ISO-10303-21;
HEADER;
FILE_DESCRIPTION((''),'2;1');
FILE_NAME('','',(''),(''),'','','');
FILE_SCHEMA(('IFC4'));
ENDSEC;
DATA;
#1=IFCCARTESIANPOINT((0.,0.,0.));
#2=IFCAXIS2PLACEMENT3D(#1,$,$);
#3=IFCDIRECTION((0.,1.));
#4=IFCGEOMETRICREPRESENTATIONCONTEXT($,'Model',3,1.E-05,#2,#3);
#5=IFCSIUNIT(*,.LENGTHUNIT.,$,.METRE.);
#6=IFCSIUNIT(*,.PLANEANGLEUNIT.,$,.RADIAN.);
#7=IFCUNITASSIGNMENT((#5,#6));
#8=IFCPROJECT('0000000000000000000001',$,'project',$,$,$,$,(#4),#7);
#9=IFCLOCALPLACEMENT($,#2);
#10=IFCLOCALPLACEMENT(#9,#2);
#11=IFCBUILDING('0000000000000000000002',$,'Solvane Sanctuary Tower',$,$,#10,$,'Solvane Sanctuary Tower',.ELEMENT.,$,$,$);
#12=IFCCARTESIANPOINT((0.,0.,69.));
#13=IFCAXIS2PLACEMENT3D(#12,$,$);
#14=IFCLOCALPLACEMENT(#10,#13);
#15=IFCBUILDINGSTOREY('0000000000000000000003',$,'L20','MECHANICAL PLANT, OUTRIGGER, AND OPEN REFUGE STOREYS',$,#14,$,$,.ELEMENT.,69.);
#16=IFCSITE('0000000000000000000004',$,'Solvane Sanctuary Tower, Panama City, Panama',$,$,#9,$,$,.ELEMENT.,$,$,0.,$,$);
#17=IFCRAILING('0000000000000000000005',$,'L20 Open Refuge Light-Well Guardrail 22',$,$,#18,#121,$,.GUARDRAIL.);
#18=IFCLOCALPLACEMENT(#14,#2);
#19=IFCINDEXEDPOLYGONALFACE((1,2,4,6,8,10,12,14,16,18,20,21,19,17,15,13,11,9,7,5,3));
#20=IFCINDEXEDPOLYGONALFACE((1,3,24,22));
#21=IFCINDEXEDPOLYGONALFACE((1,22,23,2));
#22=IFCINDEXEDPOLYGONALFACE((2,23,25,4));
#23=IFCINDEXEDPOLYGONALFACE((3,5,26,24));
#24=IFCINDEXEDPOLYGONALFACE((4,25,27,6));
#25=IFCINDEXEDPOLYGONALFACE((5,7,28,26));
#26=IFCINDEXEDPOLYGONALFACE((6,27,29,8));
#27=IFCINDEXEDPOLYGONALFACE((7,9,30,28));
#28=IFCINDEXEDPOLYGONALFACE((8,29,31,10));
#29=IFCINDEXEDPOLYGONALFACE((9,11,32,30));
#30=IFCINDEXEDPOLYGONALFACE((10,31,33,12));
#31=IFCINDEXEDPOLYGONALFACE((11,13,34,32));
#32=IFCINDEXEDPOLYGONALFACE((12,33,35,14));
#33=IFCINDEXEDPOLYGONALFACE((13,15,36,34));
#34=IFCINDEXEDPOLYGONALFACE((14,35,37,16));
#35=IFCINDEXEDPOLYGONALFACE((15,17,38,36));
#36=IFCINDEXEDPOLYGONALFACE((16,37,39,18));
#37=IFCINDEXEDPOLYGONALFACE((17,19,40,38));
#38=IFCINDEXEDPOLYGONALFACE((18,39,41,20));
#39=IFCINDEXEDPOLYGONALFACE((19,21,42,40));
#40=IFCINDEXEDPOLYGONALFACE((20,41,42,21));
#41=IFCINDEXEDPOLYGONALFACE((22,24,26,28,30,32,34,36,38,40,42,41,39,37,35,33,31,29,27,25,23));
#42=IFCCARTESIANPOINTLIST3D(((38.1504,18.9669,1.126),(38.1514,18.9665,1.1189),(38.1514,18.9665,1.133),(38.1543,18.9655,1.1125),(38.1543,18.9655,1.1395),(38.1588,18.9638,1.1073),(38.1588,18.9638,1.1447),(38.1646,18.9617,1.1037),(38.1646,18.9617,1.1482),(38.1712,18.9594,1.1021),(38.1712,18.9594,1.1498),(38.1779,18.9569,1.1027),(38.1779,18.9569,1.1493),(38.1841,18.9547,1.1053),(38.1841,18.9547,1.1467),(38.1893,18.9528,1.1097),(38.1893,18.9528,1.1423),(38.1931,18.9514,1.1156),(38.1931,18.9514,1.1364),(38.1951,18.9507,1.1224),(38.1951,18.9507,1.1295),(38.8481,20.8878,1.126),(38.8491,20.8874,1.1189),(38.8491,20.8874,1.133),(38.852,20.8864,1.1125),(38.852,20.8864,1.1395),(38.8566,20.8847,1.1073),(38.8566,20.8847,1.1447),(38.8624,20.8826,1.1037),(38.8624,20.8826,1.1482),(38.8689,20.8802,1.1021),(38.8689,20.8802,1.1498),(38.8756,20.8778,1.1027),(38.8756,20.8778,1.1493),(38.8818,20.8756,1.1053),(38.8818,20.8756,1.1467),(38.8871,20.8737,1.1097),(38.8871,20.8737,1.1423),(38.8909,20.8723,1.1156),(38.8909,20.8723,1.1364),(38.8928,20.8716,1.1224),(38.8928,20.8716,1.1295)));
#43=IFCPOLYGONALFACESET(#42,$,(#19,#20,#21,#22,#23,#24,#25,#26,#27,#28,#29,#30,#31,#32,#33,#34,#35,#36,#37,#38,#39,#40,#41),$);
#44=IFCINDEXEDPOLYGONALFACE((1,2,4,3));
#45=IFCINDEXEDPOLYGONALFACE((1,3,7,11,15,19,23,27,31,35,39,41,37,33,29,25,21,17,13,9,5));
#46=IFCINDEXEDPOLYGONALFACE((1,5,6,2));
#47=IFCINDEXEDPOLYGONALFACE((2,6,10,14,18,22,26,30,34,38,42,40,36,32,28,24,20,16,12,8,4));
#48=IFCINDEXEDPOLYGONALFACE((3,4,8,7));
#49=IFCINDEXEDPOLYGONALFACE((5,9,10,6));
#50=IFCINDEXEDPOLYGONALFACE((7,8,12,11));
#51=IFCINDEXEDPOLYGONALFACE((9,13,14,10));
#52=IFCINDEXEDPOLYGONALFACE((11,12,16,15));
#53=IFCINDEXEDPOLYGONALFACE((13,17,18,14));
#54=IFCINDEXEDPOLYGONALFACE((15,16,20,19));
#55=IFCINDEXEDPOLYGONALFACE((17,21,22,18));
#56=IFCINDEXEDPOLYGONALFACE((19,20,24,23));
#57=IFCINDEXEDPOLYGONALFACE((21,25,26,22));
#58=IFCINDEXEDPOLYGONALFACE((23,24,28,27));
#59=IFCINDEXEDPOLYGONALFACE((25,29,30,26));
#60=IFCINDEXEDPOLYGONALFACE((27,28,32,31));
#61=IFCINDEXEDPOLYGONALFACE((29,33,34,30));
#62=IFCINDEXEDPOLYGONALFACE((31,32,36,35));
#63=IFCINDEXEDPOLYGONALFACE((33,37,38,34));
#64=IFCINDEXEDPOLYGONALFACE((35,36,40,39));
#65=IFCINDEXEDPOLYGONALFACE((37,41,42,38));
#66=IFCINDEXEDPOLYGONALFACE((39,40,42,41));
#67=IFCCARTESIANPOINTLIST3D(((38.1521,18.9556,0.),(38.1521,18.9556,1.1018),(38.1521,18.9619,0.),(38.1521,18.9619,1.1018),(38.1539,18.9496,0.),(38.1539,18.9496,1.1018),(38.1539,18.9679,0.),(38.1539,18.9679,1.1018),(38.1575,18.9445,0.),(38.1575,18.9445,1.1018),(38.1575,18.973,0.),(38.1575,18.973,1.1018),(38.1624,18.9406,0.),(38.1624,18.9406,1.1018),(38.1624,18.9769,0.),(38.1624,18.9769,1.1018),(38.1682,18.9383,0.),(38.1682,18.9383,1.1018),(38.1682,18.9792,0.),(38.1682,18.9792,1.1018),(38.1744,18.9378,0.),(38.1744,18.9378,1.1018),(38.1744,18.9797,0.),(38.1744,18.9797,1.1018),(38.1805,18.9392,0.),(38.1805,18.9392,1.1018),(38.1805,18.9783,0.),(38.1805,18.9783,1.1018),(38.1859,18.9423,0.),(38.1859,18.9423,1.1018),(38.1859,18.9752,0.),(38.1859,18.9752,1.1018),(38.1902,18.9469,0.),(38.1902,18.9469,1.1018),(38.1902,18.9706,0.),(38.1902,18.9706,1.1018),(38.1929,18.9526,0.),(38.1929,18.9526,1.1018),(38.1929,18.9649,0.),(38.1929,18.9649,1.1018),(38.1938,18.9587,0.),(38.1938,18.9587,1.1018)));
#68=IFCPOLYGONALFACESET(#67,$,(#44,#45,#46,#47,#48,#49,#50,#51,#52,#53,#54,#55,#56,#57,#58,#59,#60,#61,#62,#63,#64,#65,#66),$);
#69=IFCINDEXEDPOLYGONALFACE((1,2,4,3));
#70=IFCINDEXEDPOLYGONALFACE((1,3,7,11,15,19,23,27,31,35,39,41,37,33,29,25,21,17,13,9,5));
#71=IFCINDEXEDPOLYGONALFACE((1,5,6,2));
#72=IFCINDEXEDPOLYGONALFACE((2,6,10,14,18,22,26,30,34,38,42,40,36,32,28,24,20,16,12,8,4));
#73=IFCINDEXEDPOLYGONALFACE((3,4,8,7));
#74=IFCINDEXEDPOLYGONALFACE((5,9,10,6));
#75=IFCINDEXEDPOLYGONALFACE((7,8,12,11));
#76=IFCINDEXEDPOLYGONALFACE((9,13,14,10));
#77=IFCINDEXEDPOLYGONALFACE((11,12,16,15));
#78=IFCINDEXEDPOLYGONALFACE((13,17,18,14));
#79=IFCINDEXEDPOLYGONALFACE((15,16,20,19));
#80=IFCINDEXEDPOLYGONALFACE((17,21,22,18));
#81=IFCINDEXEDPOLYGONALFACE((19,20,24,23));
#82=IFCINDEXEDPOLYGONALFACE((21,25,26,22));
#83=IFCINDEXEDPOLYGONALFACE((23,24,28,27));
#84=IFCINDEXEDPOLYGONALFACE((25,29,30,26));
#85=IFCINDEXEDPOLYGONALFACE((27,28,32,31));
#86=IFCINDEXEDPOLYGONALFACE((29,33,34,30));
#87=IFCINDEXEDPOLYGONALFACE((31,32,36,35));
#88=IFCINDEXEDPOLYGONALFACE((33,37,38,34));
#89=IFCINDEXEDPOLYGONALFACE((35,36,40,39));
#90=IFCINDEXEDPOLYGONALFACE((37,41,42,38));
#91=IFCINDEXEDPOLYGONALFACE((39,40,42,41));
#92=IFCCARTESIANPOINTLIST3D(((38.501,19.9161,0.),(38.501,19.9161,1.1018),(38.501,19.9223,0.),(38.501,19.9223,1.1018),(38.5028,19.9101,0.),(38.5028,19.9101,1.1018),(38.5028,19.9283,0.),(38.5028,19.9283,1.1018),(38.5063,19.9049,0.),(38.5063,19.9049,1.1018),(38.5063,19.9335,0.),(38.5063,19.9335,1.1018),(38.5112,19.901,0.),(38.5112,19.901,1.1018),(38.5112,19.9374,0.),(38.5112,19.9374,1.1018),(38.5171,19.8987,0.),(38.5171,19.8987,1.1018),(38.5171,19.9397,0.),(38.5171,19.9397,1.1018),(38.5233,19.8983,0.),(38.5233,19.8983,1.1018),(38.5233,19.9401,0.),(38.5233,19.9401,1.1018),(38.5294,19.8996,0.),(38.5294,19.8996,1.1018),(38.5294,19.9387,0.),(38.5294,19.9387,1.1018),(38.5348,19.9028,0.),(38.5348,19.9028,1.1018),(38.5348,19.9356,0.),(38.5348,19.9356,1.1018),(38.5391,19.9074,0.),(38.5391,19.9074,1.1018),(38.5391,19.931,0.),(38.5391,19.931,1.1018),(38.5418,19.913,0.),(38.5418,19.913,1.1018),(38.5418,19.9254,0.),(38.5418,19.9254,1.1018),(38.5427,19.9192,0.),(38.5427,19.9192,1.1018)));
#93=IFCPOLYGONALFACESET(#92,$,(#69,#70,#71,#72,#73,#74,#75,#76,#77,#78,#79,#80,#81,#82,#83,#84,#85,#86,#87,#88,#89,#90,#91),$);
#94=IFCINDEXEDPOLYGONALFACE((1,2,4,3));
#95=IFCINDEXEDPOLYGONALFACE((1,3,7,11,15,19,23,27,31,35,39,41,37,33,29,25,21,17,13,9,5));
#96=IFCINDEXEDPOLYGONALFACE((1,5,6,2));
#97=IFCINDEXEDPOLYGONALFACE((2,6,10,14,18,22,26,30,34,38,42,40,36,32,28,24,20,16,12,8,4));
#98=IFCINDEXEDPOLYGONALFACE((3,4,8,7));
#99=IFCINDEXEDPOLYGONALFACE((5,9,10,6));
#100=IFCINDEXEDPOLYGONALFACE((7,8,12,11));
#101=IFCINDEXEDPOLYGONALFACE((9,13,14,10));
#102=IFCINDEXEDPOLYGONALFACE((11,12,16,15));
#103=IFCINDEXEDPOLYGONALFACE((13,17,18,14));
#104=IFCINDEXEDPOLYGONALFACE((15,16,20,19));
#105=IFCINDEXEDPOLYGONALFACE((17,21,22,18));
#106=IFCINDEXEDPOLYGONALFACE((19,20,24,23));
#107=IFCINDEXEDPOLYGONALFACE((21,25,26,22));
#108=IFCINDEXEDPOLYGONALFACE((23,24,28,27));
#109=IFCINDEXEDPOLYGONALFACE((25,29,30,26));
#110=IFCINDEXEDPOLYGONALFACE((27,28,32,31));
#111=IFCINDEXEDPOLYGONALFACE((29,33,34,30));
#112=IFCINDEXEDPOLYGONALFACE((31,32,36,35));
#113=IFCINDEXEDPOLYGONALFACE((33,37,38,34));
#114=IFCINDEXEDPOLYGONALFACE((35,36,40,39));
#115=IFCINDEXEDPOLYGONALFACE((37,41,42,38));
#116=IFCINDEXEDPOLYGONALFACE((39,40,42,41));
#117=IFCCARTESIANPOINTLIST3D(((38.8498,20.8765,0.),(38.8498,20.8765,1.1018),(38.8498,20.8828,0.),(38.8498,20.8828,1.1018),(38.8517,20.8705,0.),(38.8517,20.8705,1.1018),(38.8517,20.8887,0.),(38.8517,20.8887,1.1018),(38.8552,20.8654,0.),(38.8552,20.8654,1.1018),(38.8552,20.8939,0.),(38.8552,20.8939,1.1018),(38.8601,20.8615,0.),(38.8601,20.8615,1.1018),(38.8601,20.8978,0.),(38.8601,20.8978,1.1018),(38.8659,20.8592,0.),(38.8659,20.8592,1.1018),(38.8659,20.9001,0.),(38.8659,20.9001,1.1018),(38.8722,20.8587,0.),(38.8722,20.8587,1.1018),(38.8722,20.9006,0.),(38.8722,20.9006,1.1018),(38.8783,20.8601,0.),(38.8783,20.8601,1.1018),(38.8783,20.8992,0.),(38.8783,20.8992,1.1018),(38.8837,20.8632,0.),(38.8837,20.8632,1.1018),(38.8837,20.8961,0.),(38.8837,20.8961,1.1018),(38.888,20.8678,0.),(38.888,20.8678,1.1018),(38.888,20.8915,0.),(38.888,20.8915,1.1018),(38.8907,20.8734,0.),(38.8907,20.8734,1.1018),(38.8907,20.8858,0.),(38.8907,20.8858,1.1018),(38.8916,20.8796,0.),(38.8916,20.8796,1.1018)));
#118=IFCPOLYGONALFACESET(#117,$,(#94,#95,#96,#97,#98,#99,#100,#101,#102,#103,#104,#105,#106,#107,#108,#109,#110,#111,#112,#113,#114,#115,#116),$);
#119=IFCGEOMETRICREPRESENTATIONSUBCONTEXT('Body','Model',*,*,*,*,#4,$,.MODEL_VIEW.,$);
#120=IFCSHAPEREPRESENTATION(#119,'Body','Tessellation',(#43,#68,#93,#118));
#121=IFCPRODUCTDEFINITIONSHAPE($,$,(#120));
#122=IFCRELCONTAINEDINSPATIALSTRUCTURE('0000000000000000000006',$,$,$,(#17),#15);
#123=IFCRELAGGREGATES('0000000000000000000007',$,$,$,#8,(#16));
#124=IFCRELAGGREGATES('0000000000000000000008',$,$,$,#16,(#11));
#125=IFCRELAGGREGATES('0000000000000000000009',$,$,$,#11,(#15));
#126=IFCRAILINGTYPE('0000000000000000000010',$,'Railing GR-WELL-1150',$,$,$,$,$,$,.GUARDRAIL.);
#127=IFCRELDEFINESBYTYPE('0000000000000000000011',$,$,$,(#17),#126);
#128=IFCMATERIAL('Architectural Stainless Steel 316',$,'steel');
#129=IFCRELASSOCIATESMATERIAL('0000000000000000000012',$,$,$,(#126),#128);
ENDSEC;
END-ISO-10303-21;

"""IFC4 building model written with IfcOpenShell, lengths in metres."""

from ifc_helpers import new_model, si_unit, direction, frame, origin, origin_2d, place, context, subcontext, project, spatial, circle, extrude, material, type_object, element, save


model = new_model("IFC4")

# Units and contexts
model_context = context("Model", 3, precision=1e-05, world=origin(), true_north=direction((0.0, 1.0)))
body_context = subcontext(model_context, "Body", "Model", "MODEL_VIEW")
ifc_project = project(units=[si_unit("LENGTHUNIT", "METRE"), si_unit("PLANEANGLEUNIT", "RADIAN")], contexts=[model_context])

# Site, building, storey
site_placement = place(None, origin())
site = spatial("IfcSite", under=ifc_project, at=site_placement, Name="Solvane Sanctuary Tower, Panama City, Panama", CompositionType="ELEMENT", RefElevation=0.0)
building_placement = place(site_placement, origin())
building = spatial("IfcBuilding", under=site, at=building_placement, Name="Solvane Sanctuary Tower", LongName="Solvane Sanctuary Tower", CompositionType="ELEMENT")
storey_placement = place(building_placement, frame((0.0, 0.0, 69.0)))
storey = spatial("IfcBuildingStorey", under=building, at=storey_placement, Name="L20", Description="MECHANICAL PLANT, OUTRIGGER, AND OPEN REFUGE STOREYS", CompositionType="ELEMENT", Elevation=69.0)

# Shared definitions
ifc_material_1 = material(Name="Architectural Stainless Steel 316", Category="steel")

# Railing
railing_type_1 = type_object("IfcRailingType", Name="Railing GR-WELL-1150", PredefinedType="GUARDRAIL", material=ifc_material_1)
railing_1_placement = place(storey_placement, frame((38.1729, 18.9587, 0.0)))
element("IfcRailing", 1, at=railing_1_placement, inside=storey, type_object=railing_type_1, Name="L20 Open Refuge Light-Well Guardrail 22", PredefinedType="GUARDRAIL", context=body_context, shape_type="SweptSolid", body=[
    extrude(circle(Radius=0.0239, at=origin_2d()), frame((0.0, 0.0, 1.126), z_axis=(0.341417, 0.939912, 0.0), x_axis=(-0.939912, 0.341417, 0.0)), (0.0, 0.0, 1.0), 2.0437),
    extrude(circle(Radius=0.021, at=origin_2d()), origin(), (0.0, 0.0, 1.0), 1.1018),
    extrude(circle(Radius=0.021, at=origin_2d()), frame((0.3489, 0.9604, 0.0)), (0.0, 0.0, 1.0), 1.1018),
    extrude(circle(Radius=0.021, at=origin_2d()), frame((0.6978, 1.9209, 0.0)), (0.0, 0.0, 1.0), 1.1018),
])

save(model, "model.ifc")
